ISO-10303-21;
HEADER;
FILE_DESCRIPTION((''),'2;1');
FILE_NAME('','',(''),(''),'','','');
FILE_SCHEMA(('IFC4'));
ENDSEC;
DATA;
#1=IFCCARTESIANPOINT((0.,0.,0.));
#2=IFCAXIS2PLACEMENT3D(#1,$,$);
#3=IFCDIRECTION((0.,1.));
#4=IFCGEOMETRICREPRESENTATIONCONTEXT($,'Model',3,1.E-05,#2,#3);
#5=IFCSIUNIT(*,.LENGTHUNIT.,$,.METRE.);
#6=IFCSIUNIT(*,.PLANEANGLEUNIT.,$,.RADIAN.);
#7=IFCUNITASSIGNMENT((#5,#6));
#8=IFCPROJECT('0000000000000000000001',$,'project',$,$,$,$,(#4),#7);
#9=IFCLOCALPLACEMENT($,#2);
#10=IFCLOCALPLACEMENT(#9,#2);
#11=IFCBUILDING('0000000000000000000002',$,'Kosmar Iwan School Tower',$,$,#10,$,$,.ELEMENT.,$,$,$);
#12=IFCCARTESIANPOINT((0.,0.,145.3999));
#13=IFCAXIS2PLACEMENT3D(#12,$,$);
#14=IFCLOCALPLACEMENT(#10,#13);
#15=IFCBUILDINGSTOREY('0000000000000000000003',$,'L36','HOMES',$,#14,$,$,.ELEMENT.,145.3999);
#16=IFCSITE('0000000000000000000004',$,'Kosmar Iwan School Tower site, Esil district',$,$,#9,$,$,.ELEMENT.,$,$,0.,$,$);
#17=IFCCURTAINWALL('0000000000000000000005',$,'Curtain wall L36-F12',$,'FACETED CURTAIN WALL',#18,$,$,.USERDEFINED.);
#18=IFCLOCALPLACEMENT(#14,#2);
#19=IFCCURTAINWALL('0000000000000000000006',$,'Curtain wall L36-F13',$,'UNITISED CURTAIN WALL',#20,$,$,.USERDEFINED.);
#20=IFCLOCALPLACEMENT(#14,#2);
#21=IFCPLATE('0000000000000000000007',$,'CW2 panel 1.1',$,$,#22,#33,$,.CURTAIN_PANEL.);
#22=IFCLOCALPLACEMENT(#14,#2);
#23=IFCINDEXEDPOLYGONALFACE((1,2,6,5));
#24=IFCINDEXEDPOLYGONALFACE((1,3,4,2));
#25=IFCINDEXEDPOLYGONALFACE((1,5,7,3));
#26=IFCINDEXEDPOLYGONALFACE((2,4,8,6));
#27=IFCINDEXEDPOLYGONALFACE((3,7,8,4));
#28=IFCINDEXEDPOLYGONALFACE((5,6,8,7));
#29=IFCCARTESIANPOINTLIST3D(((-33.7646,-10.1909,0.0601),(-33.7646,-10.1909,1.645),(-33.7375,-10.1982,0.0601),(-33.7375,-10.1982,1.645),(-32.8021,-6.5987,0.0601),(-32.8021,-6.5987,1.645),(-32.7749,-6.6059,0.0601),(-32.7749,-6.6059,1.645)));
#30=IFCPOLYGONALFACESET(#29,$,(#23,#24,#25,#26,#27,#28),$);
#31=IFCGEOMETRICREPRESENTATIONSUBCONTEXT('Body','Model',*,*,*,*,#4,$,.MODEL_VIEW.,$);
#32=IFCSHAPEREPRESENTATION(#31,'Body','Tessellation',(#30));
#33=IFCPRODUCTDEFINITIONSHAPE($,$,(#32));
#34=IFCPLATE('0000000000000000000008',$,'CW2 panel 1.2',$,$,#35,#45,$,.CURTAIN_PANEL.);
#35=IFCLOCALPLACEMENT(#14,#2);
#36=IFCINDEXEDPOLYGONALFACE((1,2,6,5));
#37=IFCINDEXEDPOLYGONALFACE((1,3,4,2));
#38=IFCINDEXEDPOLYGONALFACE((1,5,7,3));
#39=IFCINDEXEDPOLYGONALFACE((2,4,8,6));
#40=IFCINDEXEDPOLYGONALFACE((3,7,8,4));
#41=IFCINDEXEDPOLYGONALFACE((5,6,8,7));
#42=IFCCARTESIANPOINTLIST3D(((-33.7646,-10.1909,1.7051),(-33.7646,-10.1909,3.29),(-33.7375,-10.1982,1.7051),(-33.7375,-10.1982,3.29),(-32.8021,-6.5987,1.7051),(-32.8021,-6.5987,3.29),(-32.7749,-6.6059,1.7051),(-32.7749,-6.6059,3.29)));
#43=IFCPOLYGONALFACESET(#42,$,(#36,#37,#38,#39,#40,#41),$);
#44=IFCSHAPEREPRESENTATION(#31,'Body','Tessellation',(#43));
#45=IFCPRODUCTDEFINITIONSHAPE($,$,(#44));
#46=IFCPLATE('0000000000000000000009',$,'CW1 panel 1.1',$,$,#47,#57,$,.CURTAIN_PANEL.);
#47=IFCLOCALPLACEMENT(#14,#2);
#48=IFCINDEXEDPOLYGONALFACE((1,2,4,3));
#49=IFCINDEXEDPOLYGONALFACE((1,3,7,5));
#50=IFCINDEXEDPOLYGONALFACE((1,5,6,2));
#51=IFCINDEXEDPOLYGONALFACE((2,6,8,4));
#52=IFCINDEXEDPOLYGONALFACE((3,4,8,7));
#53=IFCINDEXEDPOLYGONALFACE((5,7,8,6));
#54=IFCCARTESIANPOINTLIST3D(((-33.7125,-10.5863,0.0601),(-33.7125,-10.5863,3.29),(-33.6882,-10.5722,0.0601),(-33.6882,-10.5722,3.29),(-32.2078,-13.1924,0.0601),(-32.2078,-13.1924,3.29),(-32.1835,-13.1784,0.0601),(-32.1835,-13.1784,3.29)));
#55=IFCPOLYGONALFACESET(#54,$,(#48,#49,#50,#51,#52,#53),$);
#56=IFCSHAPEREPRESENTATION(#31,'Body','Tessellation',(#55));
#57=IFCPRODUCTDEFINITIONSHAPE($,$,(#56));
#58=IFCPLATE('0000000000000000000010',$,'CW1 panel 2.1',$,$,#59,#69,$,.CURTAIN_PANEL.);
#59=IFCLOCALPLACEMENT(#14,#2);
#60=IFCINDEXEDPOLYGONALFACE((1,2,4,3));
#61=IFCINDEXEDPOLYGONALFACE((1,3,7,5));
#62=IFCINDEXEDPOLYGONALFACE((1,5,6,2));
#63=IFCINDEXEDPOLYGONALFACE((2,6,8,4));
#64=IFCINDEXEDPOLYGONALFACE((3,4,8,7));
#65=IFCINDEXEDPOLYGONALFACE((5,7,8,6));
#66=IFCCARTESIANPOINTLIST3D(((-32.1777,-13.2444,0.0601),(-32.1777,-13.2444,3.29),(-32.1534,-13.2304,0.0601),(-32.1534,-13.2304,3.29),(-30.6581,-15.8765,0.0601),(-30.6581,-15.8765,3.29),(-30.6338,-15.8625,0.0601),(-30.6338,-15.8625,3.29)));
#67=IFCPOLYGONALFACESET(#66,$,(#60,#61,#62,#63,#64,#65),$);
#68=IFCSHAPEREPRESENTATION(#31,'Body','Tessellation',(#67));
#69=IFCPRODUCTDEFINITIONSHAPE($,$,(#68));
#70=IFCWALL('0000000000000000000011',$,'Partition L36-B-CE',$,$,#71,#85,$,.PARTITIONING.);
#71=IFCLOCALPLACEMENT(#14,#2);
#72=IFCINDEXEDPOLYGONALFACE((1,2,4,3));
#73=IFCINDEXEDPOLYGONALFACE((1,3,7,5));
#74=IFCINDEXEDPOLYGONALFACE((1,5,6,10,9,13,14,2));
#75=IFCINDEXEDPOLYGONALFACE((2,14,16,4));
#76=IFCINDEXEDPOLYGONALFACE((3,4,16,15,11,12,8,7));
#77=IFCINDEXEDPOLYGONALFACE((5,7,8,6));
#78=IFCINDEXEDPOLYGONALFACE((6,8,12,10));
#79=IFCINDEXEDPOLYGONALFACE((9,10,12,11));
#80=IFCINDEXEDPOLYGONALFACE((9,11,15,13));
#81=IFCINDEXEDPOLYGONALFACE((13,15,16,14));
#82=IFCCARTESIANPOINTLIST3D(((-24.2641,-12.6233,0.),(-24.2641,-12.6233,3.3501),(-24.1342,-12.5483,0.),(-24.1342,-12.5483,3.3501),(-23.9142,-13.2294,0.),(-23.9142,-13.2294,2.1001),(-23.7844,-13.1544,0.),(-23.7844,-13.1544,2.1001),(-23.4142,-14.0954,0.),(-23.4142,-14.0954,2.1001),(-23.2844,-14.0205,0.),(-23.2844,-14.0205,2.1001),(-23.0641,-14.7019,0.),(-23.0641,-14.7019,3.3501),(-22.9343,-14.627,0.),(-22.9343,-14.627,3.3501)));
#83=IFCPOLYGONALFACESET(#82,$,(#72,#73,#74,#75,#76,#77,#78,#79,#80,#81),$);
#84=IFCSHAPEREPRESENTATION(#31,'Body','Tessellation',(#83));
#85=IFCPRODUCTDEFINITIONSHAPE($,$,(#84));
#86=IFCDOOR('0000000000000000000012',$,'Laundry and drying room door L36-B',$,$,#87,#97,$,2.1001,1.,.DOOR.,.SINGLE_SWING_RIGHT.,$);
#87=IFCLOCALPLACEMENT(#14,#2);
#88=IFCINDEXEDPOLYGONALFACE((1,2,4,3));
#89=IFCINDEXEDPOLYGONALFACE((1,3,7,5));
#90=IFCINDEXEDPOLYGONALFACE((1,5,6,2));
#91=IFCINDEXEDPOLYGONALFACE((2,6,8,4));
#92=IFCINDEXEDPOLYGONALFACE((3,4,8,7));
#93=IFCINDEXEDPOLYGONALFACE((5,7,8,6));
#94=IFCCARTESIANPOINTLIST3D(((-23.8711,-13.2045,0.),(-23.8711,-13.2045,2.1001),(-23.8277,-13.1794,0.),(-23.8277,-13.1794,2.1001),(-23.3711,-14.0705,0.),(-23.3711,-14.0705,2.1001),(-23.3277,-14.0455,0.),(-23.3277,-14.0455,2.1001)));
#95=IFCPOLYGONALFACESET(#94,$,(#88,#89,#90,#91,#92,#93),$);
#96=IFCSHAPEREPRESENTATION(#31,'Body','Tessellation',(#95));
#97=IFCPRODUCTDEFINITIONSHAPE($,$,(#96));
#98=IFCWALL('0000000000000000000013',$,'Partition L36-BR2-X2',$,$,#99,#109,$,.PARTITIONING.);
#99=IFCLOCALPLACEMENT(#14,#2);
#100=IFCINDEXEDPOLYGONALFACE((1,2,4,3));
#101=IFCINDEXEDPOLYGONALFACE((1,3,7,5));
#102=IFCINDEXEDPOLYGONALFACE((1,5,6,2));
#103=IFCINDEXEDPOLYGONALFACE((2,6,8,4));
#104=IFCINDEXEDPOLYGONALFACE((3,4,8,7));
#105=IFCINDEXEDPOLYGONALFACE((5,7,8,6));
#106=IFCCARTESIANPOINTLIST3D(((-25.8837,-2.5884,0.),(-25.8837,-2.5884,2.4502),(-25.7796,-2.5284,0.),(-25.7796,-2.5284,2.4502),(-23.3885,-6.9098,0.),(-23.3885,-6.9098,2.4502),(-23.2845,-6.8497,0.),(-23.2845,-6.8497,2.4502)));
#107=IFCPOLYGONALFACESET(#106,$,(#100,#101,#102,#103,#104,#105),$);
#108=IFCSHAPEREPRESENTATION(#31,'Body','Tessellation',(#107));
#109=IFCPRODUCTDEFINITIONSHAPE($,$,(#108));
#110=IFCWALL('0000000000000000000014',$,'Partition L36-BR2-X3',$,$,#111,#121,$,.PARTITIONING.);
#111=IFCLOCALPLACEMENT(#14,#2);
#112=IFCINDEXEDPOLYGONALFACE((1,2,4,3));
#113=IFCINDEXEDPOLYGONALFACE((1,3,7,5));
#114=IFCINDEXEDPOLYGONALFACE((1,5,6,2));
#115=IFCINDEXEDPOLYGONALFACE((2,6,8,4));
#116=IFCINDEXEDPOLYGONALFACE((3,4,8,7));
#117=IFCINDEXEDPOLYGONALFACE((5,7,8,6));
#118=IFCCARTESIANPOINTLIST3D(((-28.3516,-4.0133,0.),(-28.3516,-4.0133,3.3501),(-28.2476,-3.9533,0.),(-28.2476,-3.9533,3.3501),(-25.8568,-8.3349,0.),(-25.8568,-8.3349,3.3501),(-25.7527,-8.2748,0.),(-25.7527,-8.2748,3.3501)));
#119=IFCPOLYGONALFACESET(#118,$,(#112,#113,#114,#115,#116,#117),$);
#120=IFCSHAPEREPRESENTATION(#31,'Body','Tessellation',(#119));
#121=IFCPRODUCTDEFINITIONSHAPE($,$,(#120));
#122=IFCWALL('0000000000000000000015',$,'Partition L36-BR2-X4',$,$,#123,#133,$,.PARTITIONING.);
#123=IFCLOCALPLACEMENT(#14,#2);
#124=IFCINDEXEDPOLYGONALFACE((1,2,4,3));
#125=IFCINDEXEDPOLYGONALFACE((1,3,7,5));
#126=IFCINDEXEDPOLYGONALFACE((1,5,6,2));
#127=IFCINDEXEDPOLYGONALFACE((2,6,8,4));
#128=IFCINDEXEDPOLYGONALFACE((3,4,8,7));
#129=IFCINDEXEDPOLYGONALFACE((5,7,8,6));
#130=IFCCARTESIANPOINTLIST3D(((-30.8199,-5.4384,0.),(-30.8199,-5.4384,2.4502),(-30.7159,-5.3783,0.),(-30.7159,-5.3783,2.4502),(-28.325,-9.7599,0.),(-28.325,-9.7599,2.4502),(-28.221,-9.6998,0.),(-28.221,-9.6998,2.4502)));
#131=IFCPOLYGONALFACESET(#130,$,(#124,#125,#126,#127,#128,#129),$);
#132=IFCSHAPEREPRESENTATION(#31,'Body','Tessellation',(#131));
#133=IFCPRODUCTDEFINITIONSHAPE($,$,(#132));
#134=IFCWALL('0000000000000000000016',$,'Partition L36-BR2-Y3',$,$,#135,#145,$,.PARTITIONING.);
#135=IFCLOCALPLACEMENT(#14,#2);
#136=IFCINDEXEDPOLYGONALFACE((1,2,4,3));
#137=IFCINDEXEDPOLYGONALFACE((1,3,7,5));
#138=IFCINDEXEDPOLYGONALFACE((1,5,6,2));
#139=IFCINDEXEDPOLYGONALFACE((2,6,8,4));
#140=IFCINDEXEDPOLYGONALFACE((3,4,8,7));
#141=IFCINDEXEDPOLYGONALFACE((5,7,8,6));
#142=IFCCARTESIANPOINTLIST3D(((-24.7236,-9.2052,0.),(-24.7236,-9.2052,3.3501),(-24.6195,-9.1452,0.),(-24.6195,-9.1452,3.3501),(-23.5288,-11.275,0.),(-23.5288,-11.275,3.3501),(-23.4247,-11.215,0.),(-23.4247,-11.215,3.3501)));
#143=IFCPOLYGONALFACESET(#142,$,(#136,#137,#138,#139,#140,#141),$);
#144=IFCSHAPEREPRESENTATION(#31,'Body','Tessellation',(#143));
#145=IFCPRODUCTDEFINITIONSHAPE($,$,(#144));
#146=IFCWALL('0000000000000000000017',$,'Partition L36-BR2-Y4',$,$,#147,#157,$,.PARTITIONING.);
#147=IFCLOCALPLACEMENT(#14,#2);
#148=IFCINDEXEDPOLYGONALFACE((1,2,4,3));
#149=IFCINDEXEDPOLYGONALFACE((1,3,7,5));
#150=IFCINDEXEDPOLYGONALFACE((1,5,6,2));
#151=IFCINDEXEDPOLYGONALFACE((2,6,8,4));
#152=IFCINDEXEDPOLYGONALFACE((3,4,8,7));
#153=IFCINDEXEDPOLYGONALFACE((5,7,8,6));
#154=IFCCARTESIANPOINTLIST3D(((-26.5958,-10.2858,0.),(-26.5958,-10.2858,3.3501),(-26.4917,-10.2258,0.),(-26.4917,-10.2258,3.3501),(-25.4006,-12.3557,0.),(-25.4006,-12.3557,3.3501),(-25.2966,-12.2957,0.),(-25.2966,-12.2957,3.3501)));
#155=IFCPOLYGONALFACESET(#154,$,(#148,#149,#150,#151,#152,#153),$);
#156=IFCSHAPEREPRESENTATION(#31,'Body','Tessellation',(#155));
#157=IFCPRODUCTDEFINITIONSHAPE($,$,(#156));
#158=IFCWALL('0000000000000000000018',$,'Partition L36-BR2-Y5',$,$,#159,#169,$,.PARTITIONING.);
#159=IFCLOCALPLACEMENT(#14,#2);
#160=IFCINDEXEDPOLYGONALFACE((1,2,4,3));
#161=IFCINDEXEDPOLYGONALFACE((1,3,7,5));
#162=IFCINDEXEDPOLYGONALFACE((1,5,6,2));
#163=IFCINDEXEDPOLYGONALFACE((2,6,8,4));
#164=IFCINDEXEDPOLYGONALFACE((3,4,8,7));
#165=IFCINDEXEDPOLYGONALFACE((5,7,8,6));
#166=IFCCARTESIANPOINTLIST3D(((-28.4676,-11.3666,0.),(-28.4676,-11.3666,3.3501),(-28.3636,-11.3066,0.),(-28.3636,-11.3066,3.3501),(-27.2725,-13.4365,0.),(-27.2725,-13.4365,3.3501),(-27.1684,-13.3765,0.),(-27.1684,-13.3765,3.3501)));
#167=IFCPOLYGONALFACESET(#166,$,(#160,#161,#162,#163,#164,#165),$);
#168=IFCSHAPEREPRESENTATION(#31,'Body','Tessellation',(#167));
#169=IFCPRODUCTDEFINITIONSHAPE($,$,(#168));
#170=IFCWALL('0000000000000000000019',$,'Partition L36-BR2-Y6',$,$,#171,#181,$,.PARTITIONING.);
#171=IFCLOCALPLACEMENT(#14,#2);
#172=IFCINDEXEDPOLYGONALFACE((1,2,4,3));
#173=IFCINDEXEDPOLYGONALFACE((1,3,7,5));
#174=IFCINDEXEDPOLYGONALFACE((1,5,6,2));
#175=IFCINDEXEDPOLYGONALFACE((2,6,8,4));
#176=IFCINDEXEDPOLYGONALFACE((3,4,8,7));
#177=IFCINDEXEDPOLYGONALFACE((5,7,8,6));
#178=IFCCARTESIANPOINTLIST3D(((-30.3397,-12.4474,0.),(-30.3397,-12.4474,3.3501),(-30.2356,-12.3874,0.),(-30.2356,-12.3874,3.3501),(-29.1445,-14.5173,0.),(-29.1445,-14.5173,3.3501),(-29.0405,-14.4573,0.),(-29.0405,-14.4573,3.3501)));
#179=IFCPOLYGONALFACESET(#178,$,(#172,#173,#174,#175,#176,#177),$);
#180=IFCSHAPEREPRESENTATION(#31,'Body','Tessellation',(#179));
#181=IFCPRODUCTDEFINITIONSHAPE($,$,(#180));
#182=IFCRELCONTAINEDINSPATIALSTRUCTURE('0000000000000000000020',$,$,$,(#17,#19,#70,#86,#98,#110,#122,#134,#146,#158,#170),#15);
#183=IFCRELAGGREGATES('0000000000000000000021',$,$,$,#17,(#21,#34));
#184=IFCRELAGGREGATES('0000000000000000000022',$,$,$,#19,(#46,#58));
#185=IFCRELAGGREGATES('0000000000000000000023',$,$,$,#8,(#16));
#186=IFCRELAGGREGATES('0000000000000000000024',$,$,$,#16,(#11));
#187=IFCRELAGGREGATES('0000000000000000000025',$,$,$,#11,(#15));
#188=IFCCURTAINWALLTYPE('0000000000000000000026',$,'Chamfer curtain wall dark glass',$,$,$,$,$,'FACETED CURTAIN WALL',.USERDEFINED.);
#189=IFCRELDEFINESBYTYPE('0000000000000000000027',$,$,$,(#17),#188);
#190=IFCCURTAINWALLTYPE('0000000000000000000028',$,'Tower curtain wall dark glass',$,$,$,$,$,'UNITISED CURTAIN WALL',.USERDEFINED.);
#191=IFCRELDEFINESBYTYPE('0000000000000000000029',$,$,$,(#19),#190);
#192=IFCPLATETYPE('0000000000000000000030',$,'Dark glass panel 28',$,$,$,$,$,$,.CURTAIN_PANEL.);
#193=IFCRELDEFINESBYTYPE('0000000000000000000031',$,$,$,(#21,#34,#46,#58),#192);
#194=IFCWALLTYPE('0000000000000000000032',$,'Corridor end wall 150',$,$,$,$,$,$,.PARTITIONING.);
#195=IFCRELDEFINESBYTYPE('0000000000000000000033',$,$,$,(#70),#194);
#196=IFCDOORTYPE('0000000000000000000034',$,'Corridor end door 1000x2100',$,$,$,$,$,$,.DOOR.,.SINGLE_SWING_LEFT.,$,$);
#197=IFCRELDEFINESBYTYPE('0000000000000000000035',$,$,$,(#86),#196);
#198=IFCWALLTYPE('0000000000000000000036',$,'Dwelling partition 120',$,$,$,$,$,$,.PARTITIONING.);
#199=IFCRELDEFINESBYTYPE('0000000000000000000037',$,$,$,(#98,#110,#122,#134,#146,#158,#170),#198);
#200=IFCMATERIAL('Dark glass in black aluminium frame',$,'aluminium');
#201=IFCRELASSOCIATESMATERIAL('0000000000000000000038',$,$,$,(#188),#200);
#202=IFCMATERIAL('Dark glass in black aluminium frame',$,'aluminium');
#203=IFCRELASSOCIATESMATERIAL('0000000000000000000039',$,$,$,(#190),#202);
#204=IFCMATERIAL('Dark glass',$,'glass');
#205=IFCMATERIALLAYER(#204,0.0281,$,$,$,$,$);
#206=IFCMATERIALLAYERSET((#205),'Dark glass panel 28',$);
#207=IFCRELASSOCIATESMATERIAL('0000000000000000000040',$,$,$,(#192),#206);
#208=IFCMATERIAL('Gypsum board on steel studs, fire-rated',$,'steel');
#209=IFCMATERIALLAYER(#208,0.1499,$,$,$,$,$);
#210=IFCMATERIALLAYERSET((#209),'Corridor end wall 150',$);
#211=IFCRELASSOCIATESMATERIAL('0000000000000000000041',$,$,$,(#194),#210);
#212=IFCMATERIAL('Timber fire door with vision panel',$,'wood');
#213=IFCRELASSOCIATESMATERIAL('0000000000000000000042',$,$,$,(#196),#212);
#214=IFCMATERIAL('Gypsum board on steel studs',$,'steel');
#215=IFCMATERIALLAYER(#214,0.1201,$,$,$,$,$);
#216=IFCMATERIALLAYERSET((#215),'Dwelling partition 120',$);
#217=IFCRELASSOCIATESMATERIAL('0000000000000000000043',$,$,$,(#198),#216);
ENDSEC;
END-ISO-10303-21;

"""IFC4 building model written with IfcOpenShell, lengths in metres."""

from ifc_helpers import new_model, si_unit, direction, frame, frame_2d, origin, origin_2d, place, context, subcontext, project, spatial, rectangle, extrude, material, layer, layer_set, type_object, element, fill, aggregate, save


model = new_model("IFC4")

# Units and contexts
model_context = context("Model", 3, precision=1e-05, world=origin(), true_north=direction((0.0, 1.0)))
body_context = subcontext(model_context, "Body", "Model", "MODEL_VIEW")
ifc_project = project(units=[si_unit("LENGTHUNIT", "METRE"), si_unit("PLANEANGLEUNIT", "RADIAN")], contexts=[model_context])

# Site, building, storey
site_placement = place(None, origin())
site = spatial("IfcSite", under=ifc_project, at=site_placement, Name="Kosmar Iwan School Tower site, Esil district", CompositionType="ELEMENT", RefElevation=0.0)
building_placement = place(site_placement, origin())
building = spatial("IfcBuilding", under=site, at=building_placement, Name="Kosmar Iwan School Tower", CompositionType="ELEMENT")
storey_placement = place(building_placement, frame((0.0, 0.0, 145.3999)))
storey = spatial("IfcBuildingStorey", under=building, at=storey_placement, Name="L36", Description="HOMES", CompositionType="ELEMENT", Elevation=145.3999)

# Curtain wall
ifc_material_1 = material(Name="Dark glass in black aluminium frame", Category="aluminium")
curtain_wall_type_1 = type_object("IfcCurtainWallType", Name="Chamfer curtain wall dark glass", ElementType="FACETED CURTAIN WALL", PredefinedType="USERDEFINED", material=ifc_material_1)
curtain_wall_1_placement = place(storey_placement, origin())
curtain_wall_1 = element("IfcCurtainWall", 1, at=curtain_wall_1_placement, inside=storey, type_object=curtain_wall_type_1, Name="Curtain wall L36-F12", ObjectType="FACETED CURTAIN WALL", PredefinedType="USERDEFINED")

# Curtain wall
ifc_material_2 = material(Name="Dark glass in black aluminium frame", Category="aluminium")
curtain_wall_type_2 = type_object("IfcCurtainWallType", Name="Tower curtain wall dark glass", ElementType="UNITISED CURTAIN WALL", PredefinedType="USERDEFINED", material=ifc_material_2)
curtain_wall_2_placement = place(storey_placement, origin())
curtain_wall_2 = element("IfcCurtainWall", 2, at=curtain_wall_2_placement, inside=storey, type_object=curtain_wall_type_2, Name="Curtain wall L36-F13", ObjectType="UNITISED CURTAIN WALL", PredefinedType="USERDEFINED")

# Plates
ifc_material_3 = material(Name="Dark glass", Category="glass")
ifc_layer_1 = layer(ifc_material_3, 0.0281)
ifc_layer_set_1 = layer_set([ifc_layer_1], Name="Dark glass panel 28")
plate_type = type_object("IfcPlateType", Name="Dark glass panel 28", PredefinedType="CURTAIN_PANEL", material=ifc_layer_set_1)
plate_1_placement = place(storey_placement, frame((-33.2698, -8.3984, 0.0601), z_axis=(0.0, 0.0, 1.0), x_axis=(-0.258819, -0.965926, 0.0)))
plate_1 = element("IfcPlate", 3, at=plate_1_placement, type_object=plate_type, Name="CW2 panel 1.1", PredefinedType="CURTAIN_PANEL", context=body_context, shape_type="SweptSolid", body=[
    extrude(rectangle(XDim=3.719, YDim=0.0281, at=origin_2d()), origin(), (0.0, 0.0, 1.0), 1.585),
])
plate_2_placement = place(storey_placement, frame((-33.2698, -8.3984, 1.7051), z_axis=(0.0, 0.0, 1.0), x_axis=(-0.258819, -0.965926, 0.0)))
plate_2 = element("IfcPlate", 4, at=plate_2_placement, type_object=plate_type, Name="CW2 panel 1.2", PredefinedType="CURTAIN_PANEL", context=body_context, shape_type="SweptSolid", body=[
    extrude(rectangle(XDim=3.719, YDim=0.0281, at=origin_2d()), origin(), (0.0, 0.0, 1.0), 1.585),
])
aggregate(curtain_wall_1, [plate_1, plate_2])
plate_3_placement = place(storey_placement, frame((-32.948, -11.8823, 0.0601), z_axis=(0.0, 0.0, 1.0), x_axis=(0.5, -0.866025, 0.0)))
plate_3 = element("IfcPlate", 5, at=plate_3_placement, type_object=plate_type, Name="CW1 panel 1.1", PredefinedType="CURTAIN_PANEL", context=body_context, shape_type="SweptSolid", body=[
    extrude(rectangle(XDim=3.0093, YDim=0.0281, at=origin_2d()), origin(), (0.0, 0.0, 1.0), 3.23),
])
plate_4_placement = place(storey_placement, frame((-31.4058, -14.5535, 0.0601), z_axis=(0.0, 0.0, 1.0), x_axis=(0.5, -0.866025, 0.0)))
plate_4 = element("IfcPlate", 6, at=plate_4_placement, type_object=plate_type, Name="CW1 panel 2.1", PredefinedType="CURTAIN_PANEL", context=body_context, shape_type="SweptSolid", body=[
    extrude(rectangle(XDim=3.0393, YDim=0.0281, at=origin_2d()), origin(), (0.0, 0.0, 1.0), 3.23),
])
aggregate(curtain_wall_2, [plate_3, plate_4])

# Wall, opening, door
ifc_material_4 = material(Name="Gypsum board on steel studs, fire-rated", Category="steel")
ifc_layer_2 = layer(ifc_material_4, 0.1499)
ifc_layer_set_2 = layer_set([ifc_layer_2], Name="Corridor end wall 150")
wall_type_1 = type_object("IfcWallType", Name="Corridor end wall 150", PredefinedType="PARTITIONING", material=ifc_layer_set_2)
wall_1_placement = place(storey_placement, frame((-24.1992, -12.5857, 0.0), z_axis=(0.0, 0.0, 1.0), x_axis=(0.499957, -0.86605, 0.0)))
wall_1 = element("IfcWall", 7, at=wall_1_placement, inside=storey, type_object=wall_type_1, Name="Partition L36-B-CE", PredefinedType="PARTITIONING", context=body_context, shape_type="SweptSolid", body=[
    extrude(rectangle(XDim=2.4001, YDim=0.1499, at=frame_2d((1.2002, 0.0))), origin(), (0.0, 0.0, 1.0), 3.3501),
])
opening_placement = place(wall_1_placement, frame((0.7, 0.0, 0.0)))
opening = element("IfcOpeningElement", 8, at=opening_placement, cuts=wall_1, PredefinedType="OPENING", context=body_context, shape_type="SweptSolid", body=[
    extrude(rectangle(XDim=1.0, YDim=2.1001, at=frame_2d((0.5, 1.05))), frame((0.0, 0.0869, 0.0), z_axis=(0.0, -1.0, 0.0), x_axis=(1.0, 0.0, 0.0)), (0.0, 0.0, 1.0), 0.1738),
])
ifc_material_5 = material(Name="Timber fire door with vision panel", Category="wood")
door_type = type_object("IfcDoorType", Name="Corridor end door 1000x2100", OperationType="SINGLE_SWING_LEFT", PredefinedType="DOOR", material=ifc_material_5)
door_placement = place(opening_placement, origin())
door = element("IfcDoor", 9, at=door_placement, inside=storey, type_object=door_type, Name="Laundry and drying room door L36-B", OperationType="SINGLE_SWING_RIGHT", OverallHeight=2.1001, OverallWidth=1.0, PredefinedType="DOOR", context=body_context, shape_type="SweptSolid", body=[
    extrude(rectangle(XDim=1.0, YDim=2.1001, at=frame_2d((0.5, 1.05))), frame((0.0, 0.0249, 0.0), z_axis=(0.0, -1.0, 0.0), x_axis=(1.0, 0.0, 0.0)), (0.0, 0.0, 1.0), 0.05),
])
fill(opening, door)

# Walls
ifc_material_6 = material(Name="Gypsum board on steel studs", Category="steel")
ifc_layer_3 = layer(ifc_material_6, 0.1201)
ifc_layer_set_3 = layer_set([ifc_layer_3], Name="Dwelling partition 120")
wall_type_2 = type_object("IfcWallType", Name="Dwelling partition 120", PredefinedType="PARTITIONING", material=ifc_layer_set_3)
wall_2_placement = place(storey_placement, frame((-23.3364, -6.8799, 0.0), z_axis=(0.0, 0.0, 1.0), x_axis=(-0.500033, 0.866006, 0.0)))
element("IfcWall", 10, at=wall_2_placement, inside=storey, type_object=wall_type_2, Name="Partition L36-BR2-X2", PredefinedType="PARTITIONING", context=body_context, shape_type="SweptSolid", body=[
    extrude(rectangle(XDim=4.99, YDim=0.1201, at=frame_2d((2.4951, 0.0))), origin(), (0.0, 0.0, 1.0), 2.4502),
])
wall_3_placement = place(storey_placement, frame((-25.8047, -8.3049, 0.0), z_axis=(0.0, 0.0, 1.0), x_axis=(-0.499975, 0.86604, 0.0)))
element("IfcWall", 11, at=wall_3_placement, inside=storey, type_object=wall_type_2, Name="Partition L36-BR2-X3", PredefinedType="PARTITIONING", context=body_context, shape_type="SweptSolid", body=[
    extrude(rectangle(XDim=4.99, YDim=0.1201, at=frame_2d((2.4951, 0.0))), origin(), (0.0, 0.0, 1.0), 3.3501),
])
wall_4_placement = place(storey_placement, frame((-28.2729, -9.73, 0.0), z_axis=(0.0, 0.0, 1.0), x_axis=(-0.499975, 0.86604, 0.0)))
element("IfcWall", 12, at=wall_4_placement, inside=storey, type_object=wall_type_2, Name="Partition L36-BR2-X4", PredefinedType="PARTITIONING", context=body_context, shape_type="SweptSolid", body=[
    extrude(rectangle(XDim=4.99, YDim=0.1201, at=frame_2d((2.4951, 0.0))), origin(), (0.0, 0.0, 1.0), 2.4502),
])
wall_5_placement = place(storey_placement, frame((-23.4768, -11.2449, 0.0), z_axis=(0.0, 0.0, 1.0), x_axis=(-0.499941, 0.86606, 0.0)))
element("IfcWall", 13, at=wall_5_placement, inside=storey, type_object=wall_type_2, Name="Partition L36-BR2-Y3", PredefinedType="PARTITIONING", context=body_context, shape_type="SweptSolid", body=[
    extrude(rectangle(XDim=2.3899, YDim=0.1201, at=frame_2d((1.1948, 0.0))), origin(), (0.0, 0.0, 1.0), 3.3501),
])
for number, where, z_axis, x_axis, name in (
    (14, (-25.3486, -12.3257, 0.0), (0.0, 0.0, 1.0), (-0.500017, 0.866015, 0.0), "Partition L36-BR2-Y4"),
    (15, (-27.2205, -13.4065, 0.0), (0.0, 0.0, 1.0), (-0.500017, 0.866015, 0.0), "Partition L36-BR2-Y5"),
    (16, (-29.0925, -14.4873, 0.0), (0.0, 0.0, 1.0), (-0.500017, 0.866015, 0.0), "Partition L36-BR2-Y6"),
):
    element("IfcWall", number, at=place(storey_placement, frame(where, z_axis=z_axis, x_axis=x_axis)), inside=storey, type_object=wall_type_2, Name=name, PredefinedType="PARTITIONING", context=body_context, shape_type="SweptSolid", body=[
        extrude(rectangle(XDim=2.3901, YDim=0.1201, at=frame_2d((1.1951, 0.0))), origin(), (0.0, 0.0, 1.0), 3.3501),
    ])

save(model, "model.ifc")
